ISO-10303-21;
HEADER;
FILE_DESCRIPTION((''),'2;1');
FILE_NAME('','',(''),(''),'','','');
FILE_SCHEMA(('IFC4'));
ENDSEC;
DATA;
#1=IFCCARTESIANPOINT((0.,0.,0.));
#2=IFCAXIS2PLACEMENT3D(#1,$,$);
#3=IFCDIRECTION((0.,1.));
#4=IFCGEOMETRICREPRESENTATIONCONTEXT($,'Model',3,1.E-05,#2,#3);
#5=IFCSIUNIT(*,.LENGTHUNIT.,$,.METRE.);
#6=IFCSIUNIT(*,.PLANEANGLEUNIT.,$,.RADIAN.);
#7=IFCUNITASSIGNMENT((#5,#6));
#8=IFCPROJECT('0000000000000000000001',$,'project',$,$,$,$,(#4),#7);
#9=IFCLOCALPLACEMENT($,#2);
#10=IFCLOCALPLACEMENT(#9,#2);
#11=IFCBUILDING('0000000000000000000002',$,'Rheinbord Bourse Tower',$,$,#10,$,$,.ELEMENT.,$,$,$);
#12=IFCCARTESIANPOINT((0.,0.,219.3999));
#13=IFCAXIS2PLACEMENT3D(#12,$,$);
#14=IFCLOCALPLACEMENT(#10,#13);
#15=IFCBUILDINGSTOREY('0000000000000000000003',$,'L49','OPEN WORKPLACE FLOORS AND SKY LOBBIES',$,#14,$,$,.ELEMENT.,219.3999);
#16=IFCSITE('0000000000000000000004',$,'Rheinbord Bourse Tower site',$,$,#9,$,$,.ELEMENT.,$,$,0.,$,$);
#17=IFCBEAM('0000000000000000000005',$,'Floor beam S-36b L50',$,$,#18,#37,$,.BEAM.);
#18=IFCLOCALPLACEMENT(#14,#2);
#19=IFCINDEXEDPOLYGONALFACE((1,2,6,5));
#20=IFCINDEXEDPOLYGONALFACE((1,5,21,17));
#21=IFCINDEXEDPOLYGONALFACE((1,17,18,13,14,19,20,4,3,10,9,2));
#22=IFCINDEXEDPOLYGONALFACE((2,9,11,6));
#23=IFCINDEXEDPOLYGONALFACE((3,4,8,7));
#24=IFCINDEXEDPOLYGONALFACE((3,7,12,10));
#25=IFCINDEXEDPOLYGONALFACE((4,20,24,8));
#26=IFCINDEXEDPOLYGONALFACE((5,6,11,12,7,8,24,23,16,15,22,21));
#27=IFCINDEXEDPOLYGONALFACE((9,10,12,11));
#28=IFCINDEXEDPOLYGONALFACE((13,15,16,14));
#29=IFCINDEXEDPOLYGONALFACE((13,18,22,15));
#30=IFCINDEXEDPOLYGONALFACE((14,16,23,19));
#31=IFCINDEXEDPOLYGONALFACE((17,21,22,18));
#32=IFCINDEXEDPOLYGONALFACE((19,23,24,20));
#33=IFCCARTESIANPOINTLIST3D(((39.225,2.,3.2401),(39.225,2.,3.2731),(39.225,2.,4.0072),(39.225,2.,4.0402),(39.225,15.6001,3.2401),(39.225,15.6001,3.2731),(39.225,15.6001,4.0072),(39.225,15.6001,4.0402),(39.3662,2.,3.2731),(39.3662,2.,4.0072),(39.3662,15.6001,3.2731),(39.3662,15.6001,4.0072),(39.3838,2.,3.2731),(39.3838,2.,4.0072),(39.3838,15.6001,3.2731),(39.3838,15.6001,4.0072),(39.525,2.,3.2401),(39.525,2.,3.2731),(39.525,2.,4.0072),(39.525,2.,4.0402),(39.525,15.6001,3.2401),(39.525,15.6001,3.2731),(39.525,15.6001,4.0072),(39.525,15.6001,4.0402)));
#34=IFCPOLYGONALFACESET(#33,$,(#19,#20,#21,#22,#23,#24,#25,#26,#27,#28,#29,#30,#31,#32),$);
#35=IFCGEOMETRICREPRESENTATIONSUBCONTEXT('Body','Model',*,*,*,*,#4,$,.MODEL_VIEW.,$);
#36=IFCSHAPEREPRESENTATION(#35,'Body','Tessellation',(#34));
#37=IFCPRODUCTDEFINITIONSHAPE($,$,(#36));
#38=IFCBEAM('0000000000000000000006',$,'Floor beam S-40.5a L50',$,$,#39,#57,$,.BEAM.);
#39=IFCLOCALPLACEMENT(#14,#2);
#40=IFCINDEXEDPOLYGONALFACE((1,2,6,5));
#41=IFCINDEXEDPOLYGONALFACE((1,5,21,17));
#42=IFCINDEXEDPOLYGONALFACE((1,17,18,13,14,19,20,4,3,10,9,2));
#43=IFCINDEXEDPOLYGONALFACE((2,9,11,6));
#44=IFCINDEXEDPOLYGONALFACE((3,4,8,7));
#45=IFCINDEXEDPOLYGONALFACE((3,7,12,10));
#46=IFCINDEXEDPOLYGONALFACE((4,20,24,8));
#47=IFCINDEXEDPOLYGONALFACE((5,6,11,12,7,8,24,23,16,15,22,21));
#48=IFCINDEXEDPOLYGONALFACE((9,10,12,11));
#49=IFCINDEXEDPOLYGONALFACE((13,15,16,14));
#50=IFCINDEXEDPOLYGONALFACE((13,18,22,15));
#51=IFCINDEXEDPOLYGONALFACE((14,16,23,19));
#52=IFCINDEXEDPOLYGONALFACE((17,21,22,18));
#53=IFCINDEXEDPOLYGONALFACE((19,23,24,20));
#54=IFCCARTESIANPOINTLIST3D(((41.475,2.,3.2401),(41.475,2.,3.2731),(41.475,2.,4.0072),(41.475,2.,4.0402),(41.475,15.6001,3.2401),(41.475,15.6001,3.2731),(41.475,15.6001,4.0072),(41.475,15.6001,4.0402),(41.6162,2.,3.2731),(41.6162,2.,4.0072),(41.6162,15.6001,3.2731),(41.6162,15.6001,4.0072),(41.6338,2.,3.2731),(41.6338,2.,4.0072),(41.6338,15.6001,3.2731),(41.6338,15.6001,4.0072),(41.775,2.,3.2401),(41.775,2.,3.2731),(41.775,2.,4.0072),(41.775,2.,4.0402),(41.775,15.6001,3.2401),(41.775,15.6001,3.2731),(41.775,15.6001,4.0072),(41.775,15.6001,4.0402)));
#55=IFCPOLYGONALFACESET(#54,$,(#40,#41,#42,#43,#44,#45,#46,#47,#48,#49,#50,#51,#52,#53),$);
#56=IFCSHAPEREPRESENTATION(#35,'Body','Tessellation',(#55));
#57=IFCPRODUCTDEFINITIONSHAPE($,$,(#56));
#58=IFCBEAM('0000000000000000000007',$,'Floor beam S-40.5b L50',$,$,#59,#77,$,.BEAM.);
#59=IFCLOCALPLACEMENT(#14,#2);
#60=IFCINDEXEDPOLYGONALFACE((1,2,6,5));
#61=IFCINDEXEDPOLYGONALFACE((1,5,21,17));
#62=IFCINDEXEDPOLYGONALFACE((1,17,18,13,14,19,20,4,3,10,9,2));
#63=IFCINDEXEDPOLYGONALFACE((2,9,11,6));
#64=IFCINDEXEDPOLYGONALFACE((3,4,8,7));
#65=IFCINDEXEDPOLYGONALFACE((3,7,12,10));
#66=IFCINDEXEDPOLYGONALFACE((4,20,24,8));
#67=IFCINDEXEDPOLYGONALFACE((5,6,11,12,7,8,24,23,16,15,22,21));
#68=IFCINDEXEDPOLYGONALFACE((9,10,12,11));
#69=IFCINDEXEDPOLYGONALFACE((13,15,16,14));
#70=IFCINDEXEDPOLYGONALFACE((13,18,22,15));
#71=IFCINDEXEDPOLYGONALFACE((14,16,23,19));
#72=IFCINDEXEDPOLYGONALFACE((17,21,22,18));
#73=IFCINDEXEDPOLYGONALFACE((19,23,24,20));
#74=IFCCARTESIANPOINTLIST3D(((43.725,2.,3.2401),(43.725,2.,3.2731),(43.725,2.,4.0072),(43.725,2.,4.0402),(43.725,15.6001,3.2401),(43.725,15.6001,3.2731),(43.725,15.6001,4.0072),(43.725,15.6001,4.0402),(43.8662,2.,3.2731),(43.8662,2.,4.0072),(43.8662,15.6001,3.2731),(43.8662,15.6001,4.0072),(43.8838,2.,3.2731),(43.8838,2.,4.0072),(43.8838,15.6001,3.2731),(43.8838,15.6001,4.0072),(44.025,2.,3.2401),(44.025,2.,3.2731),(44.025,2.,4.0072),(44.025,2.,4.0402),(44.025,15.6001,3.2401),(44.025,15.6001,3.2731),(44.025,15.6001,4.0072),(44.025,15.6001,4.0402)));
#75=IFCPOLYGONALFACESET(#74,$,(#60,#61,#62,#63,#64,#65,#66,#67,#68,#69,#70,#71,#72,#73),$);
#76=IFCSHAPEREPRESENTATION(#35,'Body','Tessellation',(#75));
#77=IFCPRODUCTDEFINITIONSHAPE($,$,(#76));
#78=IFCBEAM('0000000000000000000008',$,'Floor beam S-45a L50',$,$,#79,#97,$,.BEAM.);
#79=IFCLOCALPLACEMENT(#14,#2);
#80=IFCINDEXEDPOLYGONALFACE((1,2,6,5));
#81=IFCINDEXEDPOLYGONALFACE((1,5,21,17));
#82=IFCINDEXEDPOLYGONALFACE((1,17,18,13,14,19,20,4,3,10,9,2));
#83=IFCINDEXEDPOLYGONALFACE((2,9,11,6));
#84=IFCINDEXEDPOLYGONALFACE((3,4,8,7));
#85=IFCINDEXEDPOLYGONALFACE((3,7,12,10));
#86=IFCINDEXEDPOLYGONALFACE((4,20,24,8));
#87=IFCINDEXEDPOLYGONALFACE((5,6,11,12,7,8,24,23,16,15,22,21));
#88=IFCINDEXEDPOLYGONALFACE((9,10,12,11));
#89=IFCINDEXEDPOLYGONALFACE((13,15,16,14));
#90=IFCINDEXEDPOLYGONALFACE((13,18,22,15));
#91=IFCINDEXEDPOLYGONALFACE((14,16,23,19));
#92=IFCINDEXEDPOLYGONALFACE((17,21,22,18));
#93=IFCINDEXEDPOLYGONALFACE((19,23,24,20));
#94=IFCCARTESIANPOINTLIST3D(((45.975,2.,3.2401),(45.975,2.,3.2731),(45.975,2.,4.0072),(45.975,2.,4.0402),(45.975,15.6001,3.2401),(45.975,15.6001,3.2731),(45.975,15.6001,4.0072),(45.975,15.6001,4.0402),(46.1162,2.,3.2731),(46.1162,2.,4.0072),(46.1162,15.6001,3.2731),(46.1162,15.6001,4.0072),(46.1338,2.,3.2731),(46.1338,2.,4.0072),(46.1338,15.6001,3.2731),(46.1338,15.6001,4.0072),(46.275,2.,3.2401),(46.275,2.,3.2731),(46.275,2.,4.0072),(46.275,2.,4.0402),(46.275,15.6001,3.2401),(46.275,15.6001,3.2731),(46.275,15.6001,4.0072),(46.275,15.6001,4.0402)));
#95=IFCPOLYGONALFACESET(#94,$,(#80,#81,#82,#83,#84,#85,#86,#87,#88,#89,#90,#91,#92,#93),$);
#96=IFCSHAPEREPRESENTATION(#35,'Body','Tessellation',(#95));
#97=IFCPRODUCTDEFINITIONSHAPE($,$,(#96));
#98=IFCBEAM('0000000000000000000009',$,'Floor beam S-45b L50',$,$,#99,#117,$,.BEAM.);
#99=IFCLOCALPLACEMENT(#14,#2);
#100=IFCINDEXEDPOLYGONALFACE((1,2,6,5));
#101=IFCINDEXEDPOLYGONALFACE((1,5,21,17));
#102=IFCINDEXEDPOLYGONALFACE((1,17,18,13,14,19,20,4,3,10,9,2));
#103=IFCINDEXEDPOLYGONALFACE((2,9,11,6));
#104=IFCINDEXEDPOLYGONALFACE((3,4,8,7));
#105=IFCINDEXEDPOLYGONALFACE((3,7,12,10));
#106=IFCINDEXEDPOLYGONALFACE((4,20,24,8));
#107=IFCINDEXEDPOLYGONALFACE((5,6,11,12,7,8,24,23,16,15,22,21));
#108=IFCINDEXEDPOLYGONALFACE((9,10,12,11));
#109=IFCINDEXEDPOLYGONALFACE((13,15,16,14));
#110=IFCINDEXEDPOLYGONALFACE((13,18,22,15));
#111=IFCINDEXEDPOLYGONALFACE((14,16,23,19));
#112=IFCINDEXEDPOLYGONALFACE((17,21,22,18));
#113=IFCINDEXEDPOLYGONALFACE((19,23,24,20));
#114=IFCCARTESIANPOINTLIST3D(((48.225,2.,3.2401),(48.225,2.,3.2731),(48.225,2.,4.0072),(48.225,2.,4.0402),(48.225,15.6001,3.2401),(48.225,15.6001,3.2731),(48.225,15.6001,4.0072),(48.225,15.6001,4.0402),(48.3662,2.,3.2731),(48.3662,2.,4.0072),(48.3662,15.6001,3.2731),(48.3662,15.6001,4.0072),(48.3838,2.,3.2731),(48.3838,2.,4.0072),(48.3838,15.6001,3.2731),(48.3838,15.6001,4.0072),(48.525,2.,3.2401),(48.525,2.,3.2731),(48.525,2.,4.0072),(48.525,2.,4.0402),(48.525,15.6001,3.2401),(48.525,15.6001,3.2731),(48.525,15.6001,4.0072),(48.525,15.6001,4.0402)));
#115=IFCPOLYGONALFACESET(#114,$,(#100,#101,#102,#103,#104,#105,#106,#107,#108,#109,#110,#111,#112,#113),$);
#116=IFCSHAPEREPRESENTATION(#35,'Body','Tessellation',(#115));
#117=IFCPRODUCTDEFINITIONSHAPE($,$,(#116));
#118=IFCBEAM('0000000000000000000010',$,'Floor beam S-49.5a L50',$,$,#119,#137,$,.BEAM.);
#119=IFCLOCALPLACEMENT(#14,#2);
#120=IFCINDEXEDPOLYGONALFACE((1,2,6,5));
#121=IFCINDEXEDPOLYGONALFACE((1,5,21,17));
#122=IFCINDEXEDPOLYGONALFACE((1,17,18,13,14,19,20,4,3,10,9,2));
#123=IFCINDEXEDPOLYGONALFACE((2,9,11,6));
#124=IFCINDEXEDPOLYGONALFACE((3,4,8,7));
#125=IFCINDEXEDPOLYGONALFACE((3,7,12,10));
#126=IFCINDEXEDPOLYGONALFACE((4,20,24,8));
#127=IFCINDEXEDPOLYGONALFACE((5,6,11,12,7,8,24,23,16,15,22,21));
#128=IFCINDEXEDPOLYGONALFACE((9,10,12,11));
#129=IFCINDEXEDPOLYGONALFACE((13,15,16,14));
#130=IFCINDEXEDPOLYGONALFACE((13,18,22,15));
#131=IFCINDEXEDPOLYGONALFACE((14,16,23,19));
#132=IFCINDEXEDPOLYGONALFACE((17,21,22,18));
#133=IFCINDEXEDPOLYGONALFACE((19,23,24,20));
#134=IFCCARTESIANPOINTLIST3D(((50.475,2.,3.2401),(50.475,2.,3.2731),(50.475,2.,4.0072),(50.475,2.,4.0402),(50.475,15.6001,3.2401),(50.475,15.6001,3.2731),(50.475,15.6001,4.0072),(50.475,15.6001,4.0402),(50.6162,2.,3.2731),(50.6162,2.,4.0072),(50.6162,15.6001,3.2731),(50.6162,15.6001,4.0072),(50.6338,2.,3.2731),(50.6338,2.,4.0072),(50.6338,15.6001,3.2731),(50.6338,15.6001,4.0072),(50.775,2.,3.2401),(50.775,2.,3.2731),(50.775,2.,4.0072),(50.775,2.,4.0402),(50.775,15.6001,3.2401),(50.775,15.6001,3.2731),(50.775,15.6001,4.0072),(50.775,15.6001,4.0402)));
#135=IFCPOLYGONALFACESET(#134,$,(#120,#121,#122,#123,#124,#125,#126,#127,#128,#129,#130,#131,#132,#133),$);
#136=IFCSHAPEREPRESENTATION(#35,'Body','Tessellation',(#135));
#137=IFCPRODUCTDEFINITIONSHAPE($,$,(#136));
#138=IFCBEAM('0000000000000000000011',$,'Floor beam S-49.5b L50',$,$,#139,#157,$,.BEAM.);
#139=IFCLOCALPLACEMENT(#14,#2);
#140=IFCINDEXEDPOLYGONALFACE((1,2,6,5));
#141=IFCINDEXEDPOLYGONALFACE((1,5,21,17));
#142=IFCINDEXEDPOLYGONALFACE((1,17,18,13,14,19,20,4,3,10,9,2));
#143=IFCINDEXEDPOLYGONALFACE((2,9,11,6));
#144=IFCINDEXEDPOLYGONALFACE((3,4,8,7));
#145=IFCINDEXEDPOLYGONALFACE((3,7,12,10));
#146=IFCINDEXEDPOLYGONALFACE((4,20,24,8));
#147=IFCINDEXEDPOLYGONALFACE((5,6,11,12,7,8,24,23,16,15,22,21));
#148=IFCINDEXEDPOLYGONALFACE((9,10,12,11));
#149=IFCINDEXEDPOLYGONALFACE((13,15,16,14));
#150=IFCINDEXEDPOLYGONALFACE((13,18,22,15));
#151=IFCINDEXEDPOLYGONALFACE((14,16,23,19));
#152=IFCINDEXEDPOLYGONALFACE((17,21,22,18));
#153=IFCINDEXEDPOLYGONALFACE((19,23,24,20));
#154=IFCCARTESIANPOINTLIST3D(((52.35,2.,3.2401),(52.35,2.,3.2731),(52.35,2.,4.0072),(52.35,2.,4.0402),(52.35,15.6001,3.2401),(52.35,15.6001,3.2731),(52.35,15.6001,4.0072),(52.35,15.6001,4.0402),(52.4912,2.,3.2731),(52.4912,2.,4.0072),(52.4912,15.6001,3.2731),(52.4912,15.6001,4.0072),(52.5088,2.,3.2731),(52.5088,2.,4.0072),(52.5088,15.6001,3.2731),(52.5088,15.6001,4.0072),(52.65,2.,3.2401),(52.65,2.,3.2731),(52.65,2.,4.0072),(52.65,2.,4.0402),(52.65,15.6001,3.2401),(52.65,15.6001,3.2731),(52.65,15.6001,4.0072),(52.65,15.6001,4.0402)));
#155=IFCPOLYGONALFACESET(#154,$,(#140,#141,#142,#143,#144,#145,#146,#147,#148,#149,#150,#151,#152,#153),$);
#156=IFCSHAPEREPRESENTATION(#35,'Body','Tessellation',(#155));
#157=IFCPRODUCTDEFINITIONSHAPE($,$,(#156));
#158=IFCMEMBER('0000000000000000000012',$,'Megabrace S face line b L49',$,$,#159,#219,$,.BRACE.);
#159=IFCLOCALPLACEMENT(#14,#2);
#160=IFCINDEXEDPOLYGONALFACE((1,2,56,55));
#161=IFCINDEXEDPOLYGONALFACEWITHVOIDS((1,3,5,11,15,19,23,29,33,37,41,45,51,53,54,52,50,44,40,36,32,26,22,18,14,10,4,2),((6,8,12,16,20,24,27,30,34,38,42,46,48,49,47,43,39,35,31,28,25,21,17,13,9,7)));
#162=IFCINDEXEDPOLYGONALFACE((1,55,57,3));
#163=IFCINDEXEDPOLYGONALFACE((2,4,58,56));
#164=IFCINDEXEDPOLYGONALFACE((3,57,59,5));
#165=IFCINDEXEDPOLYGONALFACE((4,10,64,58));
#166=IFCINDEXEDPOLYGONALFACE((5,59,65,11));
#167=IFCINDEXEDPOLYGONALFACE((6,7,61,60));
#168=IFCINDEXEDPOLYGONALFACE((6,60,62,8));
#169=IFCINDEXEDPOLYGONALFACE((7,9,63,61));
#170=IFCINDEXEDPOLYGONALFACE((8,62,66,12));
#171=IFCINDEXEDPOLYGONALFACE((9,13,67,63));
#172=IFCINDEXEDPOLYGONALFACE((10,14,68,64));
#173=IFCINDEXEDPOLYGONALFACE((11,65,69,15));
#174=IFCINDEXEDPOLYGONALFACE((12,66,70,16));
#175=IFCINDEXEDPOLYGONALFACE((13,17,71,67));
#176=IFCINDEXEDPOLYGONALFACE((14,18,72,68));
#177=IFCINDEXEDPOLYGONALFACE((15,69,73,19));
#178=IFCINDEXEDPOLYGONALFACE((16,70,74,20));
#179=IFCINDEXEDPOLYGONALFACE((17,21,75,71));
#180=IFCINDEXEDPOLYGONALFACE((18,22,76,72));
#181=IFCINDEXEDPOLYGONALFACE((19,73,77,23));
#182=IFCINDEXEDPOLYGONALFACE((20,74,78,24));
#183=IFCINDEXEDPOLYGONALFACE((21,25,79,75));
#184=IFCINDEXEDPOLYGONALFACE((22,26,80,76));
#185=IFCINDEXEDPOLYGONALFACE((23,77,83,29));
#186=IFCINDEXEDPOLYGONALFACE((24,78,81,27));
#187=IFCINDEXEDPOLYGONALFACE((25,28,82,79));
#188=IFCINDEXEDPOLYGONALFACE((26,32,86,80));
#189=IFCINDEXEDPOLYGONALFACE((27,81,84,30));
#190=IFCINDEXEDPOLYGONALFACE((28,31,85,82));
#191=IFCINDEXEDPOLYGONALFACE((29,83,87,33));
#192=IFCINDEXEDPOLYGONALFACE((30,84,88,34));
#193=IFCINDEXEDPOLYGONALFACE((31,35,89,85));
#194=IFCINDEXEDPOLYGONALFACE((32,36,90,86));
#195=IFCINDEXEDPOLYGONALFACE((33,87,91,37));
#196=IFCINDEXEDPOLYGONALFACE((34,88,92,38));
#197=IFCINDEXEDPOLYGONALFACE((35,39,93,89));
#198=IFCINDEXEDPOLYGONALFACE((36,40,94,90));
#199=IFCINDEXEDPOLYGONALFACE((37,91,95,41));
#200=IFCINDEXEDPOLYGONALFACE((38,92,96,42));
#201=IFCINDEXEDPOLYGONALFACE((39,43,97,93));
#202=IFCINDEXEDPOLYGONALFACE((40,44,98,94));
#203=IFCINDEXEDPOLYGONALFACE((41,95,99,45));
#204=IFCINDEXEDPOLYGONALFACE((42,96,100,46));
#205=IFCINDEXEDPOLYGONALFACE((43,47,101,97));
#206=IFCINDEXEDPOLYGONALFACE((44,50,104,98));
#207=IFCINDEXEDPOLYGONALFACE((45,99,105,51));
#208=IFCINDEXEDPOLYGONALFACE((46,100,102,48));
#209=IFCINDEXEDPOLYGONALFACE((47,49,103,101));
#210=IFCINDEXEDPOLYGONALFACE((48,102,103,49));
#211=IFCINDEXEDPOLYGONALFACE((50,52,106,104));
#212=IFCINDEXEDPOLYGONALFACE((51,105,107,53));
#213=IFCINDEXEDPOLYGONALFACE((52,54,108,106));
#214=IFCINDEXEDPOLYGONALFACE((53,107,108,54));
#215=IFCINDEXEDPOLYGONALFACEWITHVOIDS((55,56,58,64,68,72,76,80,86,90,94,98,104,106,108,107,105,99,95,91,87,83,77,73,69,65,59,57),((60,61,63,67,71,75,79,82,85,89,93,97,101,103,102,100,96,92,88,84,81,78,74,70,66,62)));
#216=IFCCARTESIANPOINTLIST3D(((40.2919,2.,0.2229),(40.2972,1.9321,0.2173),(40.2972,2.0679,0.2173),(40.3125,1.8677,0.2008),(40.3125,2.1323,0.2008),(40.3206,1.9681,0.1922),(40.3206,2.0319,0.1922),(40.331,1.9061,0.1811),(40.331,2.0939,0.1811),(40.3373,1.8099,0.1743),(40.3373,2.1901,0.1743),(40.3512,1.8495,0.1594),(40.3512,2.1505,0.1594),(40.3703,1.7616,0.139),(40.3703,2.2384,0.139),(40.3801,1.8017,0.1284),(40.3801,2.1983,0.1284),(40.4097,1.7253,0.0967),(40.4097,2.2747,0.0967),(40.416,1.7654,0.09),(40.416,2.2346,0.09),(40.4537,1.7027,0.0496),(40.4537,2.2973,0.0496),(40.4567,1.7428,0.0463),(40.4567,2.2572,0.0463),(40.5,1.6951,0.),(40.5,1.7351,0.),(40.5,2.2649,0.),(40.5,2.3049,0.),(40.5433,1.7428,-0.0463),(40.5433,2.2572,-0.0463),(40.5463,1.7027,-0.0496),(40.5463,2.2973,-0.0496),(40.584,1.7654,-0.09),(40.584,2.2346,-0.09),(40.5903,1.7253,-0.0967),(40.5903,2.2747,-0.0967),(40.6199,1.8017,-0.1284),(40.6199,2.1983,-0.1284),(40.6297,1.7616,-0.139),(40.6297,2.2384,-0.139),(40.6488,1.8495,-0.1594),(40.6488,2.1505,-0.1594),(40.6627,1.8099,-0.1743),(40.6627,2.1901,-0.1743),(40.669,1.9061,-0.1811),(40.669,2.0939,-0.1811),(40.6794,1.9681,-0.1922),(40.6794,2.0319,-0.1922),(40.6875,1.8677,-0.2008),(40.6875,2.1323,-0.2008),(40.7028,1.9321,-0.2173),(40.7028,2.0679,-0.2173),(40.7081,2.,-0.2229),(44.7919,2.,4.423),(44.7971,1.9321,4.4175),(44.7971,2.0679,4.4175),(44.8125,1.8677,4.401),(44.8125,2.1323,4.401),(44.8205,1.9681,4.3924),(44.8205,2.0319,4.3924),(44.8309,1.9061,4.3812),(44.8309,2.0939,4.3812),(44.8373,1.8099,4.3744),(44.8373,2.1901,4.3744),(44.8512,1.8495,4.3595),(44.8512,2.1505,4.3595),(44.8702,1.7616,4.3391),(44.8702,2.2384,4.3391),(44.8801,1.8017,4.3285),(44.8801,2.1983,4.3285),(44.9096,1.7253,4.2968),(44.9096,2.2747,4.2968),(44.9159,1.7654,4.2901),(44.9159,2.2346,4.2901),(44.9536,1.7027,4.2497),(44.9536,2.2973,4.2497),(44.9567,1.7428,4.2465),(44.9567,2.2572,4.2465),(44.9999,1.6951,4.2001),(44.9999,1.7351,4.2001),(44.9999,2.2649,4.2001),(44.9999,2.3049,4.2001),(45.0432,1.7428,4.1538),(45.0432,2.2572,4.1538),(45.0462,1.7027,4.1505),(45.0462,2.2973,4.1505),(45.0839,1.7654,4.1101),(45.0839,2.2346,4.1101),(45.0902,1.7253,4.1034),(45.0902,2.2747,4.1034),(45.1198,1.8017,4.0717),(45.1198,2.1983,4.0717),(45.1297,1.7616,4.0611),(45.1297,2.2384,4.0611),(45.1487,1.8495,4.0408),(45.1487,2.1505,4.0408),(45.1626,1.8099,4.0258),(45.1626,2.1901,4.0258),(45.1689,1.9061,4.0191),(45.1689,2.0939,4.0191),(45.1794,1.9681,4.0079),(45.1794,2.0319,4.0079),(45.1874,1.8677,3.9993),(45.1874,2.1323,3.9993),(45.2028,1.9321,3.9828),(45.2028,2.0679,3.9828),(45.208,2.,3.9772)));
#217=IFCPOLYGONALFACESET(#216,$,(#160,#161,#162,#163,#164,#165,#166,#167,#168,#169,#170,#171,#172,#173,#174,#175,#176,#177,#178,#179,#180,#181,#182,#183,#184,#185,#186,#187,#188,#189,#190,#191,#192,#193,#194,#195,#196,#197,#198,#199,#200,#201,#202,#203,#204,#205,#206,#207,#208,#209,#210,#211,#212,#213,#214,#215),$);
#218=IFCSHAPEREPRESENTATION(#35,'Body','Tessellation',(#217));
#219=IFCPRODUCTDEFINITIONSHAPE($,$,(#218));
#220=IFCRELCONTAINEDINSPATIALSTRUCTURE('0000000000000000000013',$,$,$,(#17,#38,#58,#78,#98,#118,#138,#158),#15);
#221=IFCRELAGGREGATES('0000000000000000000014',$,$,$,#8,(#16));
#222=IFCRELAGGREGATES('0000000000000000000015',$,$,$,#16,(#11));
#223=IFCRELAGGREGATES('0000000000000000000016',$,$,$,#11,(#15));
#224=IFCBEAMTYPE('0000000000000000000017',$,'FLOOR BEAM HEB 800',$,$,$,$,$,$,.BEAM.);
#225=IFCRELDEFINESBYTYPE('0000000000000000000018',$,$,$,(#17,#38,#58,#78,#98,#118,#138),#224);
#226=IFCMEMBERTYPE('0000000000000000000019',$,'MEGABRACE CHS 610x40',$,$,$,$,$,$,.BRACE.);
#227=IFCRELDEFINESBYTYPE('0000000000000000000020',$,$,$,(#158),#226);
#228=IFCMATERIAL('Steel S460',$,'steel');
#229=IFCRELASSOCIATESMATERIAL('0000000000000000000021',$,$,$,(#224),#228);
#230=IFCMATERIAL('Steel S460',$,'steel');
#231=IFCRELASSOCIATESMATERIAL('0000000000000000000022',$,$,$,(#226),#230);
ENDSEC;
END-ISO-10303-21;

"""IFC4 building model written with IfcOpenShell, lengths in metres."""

from ifc_helpers import new_model, si_unit, direction, frame, origin, origin_2d, place, context, subcontext, project, spatial, hollow_circle, i_section, extrude, material, material_profile, profile_set, type_object, element, save


model = new_model("IFC4")

# Units and contexts
model_context = context("Model", 3, precision=1e-05, world=origin(), true_north=direction((0.0, 1.0)))
body_context = subcontext(model_context, "Body", "Model", "MODEL_VIEW")
ifc_project = project(units=[si_unit("LENGTHUNIT", "METRE"), si_unit("PLANEANGLEUNIT", "RADIAN")], contexts=[model_context])

# Site, building, storey
site_placement = place(None, origin())
site = spatial("IfcSite", under=ifc_project, at=site_placement, Name="Rheinbord Bourse Tower site", CompositionType="ELEMENT", RefElevation=0.0)
building_placement = place(site_placement, origin())
building = spatial("IfcBuilding", under=site, at=building_placement, Name="Rheinbord Bourse Tower", CompositionType="ELEMENT")
storey_placement = place(building_placement, frame((0.0, 0.0, 219.3999)))
storey = spatial("IfcBuildingStorey", under=building, at=storey_placement, Name="L49", Description="OPEN WORKPLACE FLOORS AND SKY LOBBIES", CompositionType="ELEMENT", Elevation=219.3999)

# Beams
ifc_material_1 = material(Name="Steel S460", Category="steel")
ifc_material_profile_1 = material_profile(ifc_material_1, i_section(OverallWidth=0.3, OverallDepth=0.8, WebThickness=0.0176, FlangeThickness=0.033, at=origin_2d()), Name="HEB 800")
ifc_profile_set_1 = profile_set([ifc_material_profile_1], Name="Steel S460")
beam_type_1 = type_object("IfcBeamType", Name="FLOOR BEAM HEB 800", PredefinedType="BEAM", material=ifc_profile_set_1)
for number, where, z_axis, x_axis, name in (
    (1, (39.375, 2.0, 3.6401), (0.0, 1.0, 0.0), (-1.0, 0.0, 0.0), "Floor beam S-36b L50"),
    (2, (41.625, 2.0, 3.6401), (0.0, 1.0, 0.0), (-1.0, 0.0, 0.0), "Floor beam S-40.5a L50"),
    (3, (43.875, 2.0, 3.6401), (0.0, 1.0, 0.0), (-1.0, 0.0, 0.0), "Floor beam S-40.5b L50"),
    (4, (46.125, 2.0, 3.6401), (0.0, 1.0, 0.0), (-1.0, 0.0, 0.0), "Floor beam S-45a L50"),
    (5, (48.375, 2.0, 3.6401), (0.0, 1.0, 0.0), (-1.0, 0.0, 0.0), "Floor beam S-45b L50"),
    (6, (50.625, 2.0, 3.6401), (0.0, 1.0, 0.0), (-1.0, 0.0, 0.0), "Floor beam S-49.5a L50"),
    (7, (52.5, 2.0, 3.6401), (0.0, 1.0, 0.0), (-1.0, 0.0, 0.0), "Floor beam S-49.5b L50"),
):
    element("IfcBeam", number, at=place(storey_placement, frame(where, z_axis=z_axis, x_axis=x_axis)), inside=storey, type_object=beam_type_1, Name=name, PredefinedType="BEAM", context=body_context, shape_type="SweptSolid", body=[
        extrude(i_section(OverallWidth=0.3, OverallDepth=0.8, WebThickness=0.0176, FlangeThickness=0.033, at=origin_2d()), origin(), (0.0, 0.0, 1.0), 13.6001),
    ])

# Member
ifc_material_2 = material(Name="Steel S460", Category="steel")
ifc_material_profile_2 = material_profile(ifc_material_2, hollow_circle(Radius=0.3049, WallThickness=0.04, at=origin_2d()), Name="CHS 610x40")
ifc_profile_set_2 = profile_set([ifc_material_profile_2], Name="Steel S460")
member_type_1 = type_object("IfcMemberType", Name="MEGABRACE CHS 610x40", PredefinedType="BRACE", material=ifc_profile_set_2)
member_1_placement = place(storey_placement, frame((40.5, 2.0, 0.0), z_axis=(0.731039, 0.0, 0.682335), x_axis=(0.0, 1.0, 0.0)))
element("IfcMember", 8, at=member_1_placement, inside=storey, type_object=member_type_1, Name="Megabrace S face line b L49", PredefinedType="BRACE", context=body_context, shape_type="SweptSolid", body=[
    extrude(hollow_circle(Radius=0.3049, WallThickness=0.04, at=origin_2d()), origin(), (0.0, 0.0, 1.0), 6.1555),
])

save(model, "model.ifc")
